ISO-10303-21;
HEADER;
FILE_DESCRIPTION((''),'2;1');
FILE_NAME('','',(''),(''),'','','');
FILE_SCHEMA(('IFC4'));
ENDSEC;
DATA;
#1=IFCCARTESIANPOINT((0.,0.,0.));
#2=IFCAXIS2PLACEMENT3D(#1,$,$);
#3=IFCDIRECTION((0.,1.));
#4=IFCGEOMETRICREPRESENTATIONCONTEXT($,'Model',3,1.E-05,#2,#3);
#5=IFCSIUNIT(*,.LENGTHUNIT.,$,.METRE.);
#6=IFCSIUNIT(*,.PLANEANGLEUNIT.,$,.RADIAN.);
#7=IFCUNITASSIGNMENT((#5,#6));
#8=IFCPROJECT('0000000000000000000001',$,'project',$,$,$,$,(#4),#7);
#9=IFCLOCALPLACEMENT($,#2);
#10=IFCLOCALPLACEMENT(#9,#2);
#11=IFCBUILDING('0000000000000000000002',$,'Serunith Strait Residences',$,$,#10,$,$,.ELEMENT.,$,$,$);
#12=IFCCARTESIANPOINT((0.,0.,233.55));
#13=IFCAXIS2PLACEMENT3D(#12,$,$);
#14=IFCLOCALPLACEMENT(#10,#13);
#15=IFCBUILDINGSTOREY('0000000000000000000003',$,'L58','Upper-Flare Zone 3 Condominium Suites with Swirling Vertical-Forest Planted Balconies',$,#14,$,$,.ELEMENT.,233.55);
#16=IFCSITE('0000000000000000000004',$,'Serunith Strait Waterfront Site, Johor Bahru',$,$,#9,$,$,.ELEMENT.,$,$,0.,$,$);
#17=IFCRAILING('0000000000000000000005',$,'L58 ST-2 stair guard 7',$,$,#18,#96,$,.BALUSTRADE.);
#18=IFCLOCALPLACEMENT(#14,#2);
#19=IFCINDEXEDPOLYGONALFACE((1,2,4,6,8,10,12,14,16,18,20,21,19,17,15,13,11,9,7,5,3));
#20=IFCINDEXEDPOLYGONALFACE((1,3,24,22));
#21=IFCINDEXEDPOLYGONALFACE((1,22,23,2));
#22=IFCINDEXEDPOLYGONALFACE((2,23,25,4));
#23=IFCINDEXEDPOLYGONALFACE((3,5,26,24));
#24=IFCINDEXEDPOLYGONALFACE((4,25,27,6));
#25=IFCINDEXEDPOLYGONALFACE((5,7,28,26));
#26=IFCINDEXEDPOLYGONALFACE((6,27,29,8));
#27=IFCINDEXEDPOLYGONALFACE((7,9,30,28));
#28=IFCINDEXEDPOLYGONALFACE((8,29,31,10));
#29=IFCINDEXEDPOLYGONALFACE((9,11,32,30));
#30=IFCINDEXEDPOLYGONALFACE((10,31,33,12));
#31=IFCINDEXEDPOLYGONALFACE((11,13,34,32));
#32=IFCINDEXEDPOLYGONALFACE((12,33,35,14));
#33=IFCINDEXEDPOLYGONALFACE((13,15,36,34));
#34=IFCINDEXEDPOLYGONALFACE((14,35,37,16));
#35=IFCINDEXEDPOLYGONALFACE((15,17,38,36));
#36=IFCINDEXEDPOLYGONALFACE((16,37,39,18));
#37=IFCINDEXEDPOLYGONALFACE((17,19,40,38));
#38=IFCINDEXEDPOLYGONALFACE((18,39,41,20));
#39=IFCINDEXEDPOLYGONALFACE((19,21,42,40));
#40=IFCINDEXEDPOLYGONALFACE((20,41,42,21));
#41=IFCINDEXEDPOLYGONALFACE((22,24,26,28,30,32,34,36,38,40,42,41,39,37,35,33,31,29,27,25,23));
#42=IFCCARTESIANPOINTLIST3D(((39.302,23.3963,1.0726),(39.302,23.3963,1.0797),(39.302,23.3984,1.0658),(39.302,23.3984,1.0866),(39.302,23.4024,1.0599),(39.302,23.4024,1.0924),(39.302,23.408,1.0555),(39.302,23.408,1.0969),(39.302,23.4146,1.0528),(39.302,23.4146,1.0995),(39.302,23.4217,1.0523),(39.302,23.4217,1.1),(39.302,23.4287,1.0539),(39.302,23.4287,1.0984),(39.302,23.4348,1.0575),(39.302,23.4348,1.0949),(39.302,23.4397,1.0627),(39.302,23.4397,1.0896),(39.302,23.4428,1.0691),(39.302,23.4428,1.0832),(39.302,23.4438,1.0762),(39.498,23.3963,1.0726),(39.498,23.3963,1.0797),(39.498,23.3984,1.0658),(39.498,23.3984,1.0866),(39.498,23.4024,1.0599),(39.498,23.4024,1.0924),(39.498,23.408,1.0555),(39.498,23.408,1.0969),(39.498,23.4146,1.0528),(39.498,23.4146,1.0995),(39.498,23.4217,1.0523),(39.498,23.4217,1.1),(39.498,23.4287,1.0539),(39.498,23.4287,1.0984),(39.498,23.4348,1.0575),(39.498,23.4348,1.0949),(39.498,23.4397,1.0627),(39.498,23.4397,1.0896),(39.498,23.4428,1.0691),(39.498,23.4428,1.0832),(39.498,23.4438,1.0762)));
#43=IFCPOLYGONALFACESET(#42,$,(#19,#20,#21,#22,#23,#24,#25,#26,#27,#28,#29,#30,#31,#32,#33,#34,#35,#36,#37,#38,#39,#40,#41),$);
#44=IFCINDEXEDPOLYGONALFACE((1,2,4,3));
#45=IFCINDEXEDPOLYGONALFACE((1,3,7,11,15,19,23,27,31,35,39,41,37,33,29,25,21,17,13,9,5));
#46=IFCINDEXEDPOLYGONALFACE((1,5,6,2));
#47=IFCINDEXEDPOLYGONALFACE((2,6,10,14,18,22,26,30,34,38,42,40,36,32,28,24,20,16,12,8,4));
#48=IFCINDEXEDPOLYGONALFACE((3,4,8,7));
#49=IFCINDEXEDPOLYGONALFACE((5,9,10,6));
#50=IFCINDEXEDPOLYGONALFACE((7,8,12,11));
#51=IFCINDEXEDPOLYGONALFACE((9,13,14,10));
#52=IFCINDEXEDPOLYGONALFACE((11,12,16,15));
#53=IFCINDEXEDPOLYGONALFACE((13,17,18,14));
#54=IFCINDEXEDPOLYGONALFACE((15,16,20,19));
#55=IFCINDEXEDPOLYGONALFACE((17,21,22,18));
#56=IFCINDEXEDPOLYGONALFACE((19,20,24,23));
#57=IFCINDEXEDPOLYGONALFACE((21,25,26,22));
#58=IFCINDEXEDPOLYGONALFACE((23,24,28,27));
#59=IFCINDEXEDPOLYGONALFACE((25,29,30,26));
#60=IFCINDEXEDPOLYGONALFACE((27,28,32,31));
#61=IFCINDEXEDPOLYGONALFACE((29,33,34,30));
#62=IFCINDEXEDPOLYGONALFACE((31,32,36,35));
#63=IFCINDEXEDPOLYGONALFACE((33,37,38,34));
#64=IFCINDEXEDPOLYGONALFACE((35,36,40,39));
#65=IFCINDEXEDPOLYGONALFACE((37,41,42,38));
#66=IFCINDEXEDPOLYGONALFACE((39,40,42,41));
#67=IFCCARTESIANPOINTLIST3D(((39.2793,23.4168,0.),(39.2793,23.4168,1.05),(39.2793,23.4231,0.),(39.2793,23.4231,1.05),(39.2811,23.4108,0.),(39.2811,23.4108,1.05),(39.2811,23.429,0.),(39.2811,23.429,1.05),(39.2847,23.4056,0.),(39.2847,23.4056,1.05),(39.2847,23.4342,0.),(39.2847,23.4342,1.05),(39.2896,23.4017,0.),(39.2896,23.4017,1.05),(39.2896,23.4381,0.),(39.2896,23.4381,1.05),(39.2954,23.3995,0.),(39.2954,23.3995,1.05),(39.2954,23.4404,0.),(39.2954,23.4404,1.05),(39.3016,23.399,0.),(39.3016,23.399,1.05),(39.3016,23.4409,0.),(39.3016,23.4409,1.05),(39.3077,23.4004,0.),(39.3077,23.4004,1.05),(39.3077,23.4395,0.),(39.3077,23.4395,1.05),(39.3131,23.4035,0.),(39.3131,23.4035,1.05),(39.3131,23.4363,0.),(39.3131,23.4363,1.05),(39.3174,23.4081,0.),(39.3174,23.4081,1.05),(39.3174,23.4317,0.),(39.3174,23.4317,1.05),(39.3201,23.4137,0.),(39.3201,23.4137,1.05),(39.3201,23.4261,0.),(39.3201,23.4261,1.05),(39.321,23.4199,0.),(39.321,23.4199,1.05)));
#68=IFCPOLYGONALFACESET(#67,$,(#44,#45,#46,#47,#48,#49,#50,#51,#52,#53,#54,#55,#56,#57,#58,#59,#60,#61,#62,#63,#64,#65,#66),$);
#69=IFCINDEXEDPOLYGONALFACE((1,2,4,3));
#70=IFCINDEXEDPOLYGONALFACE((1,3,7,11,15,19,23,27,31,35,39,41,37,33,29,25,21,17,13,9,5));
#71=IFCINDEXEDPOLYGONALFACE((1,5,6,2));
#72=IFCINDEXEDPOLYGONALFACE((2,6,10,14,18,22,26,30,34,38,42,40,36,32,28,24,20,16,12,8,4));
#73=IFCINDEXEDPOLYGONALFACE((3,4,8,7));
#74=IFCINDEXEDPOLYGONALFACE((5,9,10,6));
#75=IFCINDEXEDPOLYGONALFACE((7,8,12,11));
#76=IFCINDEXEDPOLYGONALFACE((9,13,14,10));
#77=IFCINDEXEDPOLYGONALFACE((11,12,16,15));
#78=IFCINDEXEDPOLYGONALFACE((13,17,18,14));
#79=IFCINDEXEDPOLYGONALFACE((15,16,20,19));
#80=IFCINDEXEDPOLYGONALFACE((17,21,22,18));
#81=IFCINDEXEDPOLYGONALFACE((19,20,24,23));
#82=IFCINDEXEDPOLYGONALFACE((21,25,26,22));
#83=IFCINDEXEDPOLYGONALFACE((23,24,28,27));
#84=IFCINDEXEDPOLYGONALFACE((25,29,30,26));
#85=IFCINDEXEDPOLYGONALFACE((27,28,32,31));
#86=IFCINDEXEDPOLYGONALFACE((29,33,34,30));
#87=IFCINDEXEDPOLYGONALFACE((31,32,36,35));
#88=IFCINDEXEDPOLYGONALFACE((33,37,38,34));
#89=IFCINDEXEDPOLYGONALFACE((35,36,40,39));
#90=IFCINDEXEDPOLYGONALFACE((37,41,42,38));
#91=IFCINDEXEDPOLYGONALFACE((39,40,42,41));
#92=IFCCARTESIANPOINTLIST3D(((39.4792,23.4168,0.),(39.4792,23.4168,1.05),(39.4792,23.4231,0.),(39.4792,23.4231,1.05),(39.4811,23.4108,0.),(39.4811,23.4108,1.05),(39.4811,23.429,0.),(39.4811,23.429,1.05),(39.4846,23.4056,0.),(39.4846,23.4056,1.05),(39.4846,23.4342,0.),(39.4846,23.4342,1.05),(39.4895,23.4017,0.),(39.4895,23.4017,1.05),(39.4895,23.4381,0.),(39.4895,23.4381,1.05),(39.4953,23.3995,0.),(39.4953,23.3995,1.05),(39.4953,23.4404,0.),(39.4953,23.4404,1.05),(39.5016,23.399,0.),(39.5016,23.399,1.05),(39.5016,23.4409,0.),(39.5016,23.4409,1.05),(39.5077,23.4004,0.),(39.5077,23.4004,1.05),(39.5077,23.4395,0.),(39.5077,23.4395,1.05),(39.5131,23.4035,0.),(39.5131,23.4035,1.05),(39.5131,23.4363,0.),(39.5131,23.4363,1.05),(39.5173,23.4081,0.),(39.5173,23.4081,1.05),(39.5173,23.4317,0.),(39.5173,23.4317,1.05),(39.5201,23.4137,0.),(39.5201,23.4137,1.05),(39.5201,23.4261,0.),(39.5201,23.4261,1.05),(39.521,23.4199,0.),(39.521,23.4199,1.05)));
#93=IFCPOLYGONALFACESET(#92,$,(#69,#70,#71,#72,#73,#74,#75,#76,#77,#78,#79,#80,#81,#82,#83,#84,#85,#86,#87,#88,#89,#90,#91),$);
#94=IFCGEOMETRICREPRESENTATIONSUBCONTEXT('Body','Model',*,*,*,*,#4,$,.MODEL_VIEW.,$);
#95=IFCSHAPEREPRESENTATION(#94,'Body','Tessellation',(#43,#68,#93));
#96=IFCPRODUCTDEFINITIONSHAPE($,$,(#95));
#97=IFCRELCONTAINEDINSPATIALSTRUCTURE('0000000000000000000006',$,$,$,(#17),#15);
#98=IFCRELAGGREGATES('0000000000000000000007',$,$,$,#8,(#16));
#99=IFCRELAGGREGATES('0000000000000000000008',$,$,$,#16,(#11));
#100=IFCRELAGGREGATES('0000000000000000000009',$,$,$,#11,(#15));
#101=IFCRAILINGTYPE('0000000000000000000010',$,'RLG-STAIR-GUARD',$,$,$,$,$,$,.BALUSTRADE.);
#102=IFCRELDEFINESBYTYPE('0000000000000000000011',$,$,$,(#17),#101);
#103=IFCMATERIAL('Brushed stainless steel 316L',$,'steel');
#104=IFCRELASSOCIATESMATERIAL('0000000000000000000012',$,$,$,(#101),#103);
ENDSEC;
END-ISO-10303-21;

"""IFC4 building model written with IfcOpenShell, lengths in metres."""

from ifc_helpers import new_model, si_unit, direction, frame, origin, origin_2d, place, context, subcontext, project, spatial, circle, extrude, material, type_object, element, save


model = new_model("IFC4")

# Units and contexts
model_context = context("Model", 3, precision=1e-05, world=origin(), true_north=direction((0.0, 1.0)))
body_context = subcontext(model_context, "Body", "Model", "MODEL_VIEW")
ifc_project = project(units=[si_unit("LENGTHUNIT", "METRE"), si_unit("PLANEANGLEUNIT", "RADIAN")], contexts=[model_context])

# Site, building, storey
site_placement = place(None, origin())
site = spatial("IfcSite", under=ifc_project, at=site_placement, Name="Serunith Strait Waterfront Site, Johor Bahru", CompositionType="ELEMENT", RefElevation=0.0)
building_placement = place(site_placement, origin())
building = spatial("IfcBuilding", under=site, at=building_placement, Name="Serunith Strait Residences", CompositionType="ELEMENT")
storey_placement = place(building_placement, frame((0.0, 0.0, 233.55)))
storey = spatial("IfcBuildingStorey", under=building, at=storey_placement, Name="L58", Description="Upper-Flare Zone 3 Condominium Suites with Swirling Vertical-Forest Planted Balconies", CompositionType="ELEMENT", Elevation=233.55)

# Railing
ifc_material_1 = material(Name="Brushed stainless steel 316L", Category="steel")
railing_type_1 = type_object("IfcRailingType", Name="RLG-STAIR-GUARD", PredefinedType="BALUSTRADE", material=ifc_material_1)
railing_1_placement = place(storey_placement, frame((39.3, 23.4199, 0.0)))
element("IfcRailing", 1, at=railing_1_placement, inside=storey, type_object=railing_type_1, Name="L58 ST-2 stair guard 7", PredefinedType="BALUSTRADE", context=body_context, shape_type="SweptSolid", body=[
    extrude(circle(Radius=0.0239, at=origin_2d()), frame((0.002, 0.0, 1.0762), z_axis=(1.0, 0.0, 0.0), x_axis=(0.0, 1.0, 0.0)), (0.0, 0.0, 1.0), 0.196),
    extrude(circle(Radius=0.021, at=origin_2d()), origin(), (0.0, 0.0, 1.0), 1.05),
    extrude(circle(Radius=0.021, at=origin_2d()), frame((0.2, 0.0, 0.0)), (0.0, 0.0, 1.0), 1.05),
])

save(model, "model.ifc")
